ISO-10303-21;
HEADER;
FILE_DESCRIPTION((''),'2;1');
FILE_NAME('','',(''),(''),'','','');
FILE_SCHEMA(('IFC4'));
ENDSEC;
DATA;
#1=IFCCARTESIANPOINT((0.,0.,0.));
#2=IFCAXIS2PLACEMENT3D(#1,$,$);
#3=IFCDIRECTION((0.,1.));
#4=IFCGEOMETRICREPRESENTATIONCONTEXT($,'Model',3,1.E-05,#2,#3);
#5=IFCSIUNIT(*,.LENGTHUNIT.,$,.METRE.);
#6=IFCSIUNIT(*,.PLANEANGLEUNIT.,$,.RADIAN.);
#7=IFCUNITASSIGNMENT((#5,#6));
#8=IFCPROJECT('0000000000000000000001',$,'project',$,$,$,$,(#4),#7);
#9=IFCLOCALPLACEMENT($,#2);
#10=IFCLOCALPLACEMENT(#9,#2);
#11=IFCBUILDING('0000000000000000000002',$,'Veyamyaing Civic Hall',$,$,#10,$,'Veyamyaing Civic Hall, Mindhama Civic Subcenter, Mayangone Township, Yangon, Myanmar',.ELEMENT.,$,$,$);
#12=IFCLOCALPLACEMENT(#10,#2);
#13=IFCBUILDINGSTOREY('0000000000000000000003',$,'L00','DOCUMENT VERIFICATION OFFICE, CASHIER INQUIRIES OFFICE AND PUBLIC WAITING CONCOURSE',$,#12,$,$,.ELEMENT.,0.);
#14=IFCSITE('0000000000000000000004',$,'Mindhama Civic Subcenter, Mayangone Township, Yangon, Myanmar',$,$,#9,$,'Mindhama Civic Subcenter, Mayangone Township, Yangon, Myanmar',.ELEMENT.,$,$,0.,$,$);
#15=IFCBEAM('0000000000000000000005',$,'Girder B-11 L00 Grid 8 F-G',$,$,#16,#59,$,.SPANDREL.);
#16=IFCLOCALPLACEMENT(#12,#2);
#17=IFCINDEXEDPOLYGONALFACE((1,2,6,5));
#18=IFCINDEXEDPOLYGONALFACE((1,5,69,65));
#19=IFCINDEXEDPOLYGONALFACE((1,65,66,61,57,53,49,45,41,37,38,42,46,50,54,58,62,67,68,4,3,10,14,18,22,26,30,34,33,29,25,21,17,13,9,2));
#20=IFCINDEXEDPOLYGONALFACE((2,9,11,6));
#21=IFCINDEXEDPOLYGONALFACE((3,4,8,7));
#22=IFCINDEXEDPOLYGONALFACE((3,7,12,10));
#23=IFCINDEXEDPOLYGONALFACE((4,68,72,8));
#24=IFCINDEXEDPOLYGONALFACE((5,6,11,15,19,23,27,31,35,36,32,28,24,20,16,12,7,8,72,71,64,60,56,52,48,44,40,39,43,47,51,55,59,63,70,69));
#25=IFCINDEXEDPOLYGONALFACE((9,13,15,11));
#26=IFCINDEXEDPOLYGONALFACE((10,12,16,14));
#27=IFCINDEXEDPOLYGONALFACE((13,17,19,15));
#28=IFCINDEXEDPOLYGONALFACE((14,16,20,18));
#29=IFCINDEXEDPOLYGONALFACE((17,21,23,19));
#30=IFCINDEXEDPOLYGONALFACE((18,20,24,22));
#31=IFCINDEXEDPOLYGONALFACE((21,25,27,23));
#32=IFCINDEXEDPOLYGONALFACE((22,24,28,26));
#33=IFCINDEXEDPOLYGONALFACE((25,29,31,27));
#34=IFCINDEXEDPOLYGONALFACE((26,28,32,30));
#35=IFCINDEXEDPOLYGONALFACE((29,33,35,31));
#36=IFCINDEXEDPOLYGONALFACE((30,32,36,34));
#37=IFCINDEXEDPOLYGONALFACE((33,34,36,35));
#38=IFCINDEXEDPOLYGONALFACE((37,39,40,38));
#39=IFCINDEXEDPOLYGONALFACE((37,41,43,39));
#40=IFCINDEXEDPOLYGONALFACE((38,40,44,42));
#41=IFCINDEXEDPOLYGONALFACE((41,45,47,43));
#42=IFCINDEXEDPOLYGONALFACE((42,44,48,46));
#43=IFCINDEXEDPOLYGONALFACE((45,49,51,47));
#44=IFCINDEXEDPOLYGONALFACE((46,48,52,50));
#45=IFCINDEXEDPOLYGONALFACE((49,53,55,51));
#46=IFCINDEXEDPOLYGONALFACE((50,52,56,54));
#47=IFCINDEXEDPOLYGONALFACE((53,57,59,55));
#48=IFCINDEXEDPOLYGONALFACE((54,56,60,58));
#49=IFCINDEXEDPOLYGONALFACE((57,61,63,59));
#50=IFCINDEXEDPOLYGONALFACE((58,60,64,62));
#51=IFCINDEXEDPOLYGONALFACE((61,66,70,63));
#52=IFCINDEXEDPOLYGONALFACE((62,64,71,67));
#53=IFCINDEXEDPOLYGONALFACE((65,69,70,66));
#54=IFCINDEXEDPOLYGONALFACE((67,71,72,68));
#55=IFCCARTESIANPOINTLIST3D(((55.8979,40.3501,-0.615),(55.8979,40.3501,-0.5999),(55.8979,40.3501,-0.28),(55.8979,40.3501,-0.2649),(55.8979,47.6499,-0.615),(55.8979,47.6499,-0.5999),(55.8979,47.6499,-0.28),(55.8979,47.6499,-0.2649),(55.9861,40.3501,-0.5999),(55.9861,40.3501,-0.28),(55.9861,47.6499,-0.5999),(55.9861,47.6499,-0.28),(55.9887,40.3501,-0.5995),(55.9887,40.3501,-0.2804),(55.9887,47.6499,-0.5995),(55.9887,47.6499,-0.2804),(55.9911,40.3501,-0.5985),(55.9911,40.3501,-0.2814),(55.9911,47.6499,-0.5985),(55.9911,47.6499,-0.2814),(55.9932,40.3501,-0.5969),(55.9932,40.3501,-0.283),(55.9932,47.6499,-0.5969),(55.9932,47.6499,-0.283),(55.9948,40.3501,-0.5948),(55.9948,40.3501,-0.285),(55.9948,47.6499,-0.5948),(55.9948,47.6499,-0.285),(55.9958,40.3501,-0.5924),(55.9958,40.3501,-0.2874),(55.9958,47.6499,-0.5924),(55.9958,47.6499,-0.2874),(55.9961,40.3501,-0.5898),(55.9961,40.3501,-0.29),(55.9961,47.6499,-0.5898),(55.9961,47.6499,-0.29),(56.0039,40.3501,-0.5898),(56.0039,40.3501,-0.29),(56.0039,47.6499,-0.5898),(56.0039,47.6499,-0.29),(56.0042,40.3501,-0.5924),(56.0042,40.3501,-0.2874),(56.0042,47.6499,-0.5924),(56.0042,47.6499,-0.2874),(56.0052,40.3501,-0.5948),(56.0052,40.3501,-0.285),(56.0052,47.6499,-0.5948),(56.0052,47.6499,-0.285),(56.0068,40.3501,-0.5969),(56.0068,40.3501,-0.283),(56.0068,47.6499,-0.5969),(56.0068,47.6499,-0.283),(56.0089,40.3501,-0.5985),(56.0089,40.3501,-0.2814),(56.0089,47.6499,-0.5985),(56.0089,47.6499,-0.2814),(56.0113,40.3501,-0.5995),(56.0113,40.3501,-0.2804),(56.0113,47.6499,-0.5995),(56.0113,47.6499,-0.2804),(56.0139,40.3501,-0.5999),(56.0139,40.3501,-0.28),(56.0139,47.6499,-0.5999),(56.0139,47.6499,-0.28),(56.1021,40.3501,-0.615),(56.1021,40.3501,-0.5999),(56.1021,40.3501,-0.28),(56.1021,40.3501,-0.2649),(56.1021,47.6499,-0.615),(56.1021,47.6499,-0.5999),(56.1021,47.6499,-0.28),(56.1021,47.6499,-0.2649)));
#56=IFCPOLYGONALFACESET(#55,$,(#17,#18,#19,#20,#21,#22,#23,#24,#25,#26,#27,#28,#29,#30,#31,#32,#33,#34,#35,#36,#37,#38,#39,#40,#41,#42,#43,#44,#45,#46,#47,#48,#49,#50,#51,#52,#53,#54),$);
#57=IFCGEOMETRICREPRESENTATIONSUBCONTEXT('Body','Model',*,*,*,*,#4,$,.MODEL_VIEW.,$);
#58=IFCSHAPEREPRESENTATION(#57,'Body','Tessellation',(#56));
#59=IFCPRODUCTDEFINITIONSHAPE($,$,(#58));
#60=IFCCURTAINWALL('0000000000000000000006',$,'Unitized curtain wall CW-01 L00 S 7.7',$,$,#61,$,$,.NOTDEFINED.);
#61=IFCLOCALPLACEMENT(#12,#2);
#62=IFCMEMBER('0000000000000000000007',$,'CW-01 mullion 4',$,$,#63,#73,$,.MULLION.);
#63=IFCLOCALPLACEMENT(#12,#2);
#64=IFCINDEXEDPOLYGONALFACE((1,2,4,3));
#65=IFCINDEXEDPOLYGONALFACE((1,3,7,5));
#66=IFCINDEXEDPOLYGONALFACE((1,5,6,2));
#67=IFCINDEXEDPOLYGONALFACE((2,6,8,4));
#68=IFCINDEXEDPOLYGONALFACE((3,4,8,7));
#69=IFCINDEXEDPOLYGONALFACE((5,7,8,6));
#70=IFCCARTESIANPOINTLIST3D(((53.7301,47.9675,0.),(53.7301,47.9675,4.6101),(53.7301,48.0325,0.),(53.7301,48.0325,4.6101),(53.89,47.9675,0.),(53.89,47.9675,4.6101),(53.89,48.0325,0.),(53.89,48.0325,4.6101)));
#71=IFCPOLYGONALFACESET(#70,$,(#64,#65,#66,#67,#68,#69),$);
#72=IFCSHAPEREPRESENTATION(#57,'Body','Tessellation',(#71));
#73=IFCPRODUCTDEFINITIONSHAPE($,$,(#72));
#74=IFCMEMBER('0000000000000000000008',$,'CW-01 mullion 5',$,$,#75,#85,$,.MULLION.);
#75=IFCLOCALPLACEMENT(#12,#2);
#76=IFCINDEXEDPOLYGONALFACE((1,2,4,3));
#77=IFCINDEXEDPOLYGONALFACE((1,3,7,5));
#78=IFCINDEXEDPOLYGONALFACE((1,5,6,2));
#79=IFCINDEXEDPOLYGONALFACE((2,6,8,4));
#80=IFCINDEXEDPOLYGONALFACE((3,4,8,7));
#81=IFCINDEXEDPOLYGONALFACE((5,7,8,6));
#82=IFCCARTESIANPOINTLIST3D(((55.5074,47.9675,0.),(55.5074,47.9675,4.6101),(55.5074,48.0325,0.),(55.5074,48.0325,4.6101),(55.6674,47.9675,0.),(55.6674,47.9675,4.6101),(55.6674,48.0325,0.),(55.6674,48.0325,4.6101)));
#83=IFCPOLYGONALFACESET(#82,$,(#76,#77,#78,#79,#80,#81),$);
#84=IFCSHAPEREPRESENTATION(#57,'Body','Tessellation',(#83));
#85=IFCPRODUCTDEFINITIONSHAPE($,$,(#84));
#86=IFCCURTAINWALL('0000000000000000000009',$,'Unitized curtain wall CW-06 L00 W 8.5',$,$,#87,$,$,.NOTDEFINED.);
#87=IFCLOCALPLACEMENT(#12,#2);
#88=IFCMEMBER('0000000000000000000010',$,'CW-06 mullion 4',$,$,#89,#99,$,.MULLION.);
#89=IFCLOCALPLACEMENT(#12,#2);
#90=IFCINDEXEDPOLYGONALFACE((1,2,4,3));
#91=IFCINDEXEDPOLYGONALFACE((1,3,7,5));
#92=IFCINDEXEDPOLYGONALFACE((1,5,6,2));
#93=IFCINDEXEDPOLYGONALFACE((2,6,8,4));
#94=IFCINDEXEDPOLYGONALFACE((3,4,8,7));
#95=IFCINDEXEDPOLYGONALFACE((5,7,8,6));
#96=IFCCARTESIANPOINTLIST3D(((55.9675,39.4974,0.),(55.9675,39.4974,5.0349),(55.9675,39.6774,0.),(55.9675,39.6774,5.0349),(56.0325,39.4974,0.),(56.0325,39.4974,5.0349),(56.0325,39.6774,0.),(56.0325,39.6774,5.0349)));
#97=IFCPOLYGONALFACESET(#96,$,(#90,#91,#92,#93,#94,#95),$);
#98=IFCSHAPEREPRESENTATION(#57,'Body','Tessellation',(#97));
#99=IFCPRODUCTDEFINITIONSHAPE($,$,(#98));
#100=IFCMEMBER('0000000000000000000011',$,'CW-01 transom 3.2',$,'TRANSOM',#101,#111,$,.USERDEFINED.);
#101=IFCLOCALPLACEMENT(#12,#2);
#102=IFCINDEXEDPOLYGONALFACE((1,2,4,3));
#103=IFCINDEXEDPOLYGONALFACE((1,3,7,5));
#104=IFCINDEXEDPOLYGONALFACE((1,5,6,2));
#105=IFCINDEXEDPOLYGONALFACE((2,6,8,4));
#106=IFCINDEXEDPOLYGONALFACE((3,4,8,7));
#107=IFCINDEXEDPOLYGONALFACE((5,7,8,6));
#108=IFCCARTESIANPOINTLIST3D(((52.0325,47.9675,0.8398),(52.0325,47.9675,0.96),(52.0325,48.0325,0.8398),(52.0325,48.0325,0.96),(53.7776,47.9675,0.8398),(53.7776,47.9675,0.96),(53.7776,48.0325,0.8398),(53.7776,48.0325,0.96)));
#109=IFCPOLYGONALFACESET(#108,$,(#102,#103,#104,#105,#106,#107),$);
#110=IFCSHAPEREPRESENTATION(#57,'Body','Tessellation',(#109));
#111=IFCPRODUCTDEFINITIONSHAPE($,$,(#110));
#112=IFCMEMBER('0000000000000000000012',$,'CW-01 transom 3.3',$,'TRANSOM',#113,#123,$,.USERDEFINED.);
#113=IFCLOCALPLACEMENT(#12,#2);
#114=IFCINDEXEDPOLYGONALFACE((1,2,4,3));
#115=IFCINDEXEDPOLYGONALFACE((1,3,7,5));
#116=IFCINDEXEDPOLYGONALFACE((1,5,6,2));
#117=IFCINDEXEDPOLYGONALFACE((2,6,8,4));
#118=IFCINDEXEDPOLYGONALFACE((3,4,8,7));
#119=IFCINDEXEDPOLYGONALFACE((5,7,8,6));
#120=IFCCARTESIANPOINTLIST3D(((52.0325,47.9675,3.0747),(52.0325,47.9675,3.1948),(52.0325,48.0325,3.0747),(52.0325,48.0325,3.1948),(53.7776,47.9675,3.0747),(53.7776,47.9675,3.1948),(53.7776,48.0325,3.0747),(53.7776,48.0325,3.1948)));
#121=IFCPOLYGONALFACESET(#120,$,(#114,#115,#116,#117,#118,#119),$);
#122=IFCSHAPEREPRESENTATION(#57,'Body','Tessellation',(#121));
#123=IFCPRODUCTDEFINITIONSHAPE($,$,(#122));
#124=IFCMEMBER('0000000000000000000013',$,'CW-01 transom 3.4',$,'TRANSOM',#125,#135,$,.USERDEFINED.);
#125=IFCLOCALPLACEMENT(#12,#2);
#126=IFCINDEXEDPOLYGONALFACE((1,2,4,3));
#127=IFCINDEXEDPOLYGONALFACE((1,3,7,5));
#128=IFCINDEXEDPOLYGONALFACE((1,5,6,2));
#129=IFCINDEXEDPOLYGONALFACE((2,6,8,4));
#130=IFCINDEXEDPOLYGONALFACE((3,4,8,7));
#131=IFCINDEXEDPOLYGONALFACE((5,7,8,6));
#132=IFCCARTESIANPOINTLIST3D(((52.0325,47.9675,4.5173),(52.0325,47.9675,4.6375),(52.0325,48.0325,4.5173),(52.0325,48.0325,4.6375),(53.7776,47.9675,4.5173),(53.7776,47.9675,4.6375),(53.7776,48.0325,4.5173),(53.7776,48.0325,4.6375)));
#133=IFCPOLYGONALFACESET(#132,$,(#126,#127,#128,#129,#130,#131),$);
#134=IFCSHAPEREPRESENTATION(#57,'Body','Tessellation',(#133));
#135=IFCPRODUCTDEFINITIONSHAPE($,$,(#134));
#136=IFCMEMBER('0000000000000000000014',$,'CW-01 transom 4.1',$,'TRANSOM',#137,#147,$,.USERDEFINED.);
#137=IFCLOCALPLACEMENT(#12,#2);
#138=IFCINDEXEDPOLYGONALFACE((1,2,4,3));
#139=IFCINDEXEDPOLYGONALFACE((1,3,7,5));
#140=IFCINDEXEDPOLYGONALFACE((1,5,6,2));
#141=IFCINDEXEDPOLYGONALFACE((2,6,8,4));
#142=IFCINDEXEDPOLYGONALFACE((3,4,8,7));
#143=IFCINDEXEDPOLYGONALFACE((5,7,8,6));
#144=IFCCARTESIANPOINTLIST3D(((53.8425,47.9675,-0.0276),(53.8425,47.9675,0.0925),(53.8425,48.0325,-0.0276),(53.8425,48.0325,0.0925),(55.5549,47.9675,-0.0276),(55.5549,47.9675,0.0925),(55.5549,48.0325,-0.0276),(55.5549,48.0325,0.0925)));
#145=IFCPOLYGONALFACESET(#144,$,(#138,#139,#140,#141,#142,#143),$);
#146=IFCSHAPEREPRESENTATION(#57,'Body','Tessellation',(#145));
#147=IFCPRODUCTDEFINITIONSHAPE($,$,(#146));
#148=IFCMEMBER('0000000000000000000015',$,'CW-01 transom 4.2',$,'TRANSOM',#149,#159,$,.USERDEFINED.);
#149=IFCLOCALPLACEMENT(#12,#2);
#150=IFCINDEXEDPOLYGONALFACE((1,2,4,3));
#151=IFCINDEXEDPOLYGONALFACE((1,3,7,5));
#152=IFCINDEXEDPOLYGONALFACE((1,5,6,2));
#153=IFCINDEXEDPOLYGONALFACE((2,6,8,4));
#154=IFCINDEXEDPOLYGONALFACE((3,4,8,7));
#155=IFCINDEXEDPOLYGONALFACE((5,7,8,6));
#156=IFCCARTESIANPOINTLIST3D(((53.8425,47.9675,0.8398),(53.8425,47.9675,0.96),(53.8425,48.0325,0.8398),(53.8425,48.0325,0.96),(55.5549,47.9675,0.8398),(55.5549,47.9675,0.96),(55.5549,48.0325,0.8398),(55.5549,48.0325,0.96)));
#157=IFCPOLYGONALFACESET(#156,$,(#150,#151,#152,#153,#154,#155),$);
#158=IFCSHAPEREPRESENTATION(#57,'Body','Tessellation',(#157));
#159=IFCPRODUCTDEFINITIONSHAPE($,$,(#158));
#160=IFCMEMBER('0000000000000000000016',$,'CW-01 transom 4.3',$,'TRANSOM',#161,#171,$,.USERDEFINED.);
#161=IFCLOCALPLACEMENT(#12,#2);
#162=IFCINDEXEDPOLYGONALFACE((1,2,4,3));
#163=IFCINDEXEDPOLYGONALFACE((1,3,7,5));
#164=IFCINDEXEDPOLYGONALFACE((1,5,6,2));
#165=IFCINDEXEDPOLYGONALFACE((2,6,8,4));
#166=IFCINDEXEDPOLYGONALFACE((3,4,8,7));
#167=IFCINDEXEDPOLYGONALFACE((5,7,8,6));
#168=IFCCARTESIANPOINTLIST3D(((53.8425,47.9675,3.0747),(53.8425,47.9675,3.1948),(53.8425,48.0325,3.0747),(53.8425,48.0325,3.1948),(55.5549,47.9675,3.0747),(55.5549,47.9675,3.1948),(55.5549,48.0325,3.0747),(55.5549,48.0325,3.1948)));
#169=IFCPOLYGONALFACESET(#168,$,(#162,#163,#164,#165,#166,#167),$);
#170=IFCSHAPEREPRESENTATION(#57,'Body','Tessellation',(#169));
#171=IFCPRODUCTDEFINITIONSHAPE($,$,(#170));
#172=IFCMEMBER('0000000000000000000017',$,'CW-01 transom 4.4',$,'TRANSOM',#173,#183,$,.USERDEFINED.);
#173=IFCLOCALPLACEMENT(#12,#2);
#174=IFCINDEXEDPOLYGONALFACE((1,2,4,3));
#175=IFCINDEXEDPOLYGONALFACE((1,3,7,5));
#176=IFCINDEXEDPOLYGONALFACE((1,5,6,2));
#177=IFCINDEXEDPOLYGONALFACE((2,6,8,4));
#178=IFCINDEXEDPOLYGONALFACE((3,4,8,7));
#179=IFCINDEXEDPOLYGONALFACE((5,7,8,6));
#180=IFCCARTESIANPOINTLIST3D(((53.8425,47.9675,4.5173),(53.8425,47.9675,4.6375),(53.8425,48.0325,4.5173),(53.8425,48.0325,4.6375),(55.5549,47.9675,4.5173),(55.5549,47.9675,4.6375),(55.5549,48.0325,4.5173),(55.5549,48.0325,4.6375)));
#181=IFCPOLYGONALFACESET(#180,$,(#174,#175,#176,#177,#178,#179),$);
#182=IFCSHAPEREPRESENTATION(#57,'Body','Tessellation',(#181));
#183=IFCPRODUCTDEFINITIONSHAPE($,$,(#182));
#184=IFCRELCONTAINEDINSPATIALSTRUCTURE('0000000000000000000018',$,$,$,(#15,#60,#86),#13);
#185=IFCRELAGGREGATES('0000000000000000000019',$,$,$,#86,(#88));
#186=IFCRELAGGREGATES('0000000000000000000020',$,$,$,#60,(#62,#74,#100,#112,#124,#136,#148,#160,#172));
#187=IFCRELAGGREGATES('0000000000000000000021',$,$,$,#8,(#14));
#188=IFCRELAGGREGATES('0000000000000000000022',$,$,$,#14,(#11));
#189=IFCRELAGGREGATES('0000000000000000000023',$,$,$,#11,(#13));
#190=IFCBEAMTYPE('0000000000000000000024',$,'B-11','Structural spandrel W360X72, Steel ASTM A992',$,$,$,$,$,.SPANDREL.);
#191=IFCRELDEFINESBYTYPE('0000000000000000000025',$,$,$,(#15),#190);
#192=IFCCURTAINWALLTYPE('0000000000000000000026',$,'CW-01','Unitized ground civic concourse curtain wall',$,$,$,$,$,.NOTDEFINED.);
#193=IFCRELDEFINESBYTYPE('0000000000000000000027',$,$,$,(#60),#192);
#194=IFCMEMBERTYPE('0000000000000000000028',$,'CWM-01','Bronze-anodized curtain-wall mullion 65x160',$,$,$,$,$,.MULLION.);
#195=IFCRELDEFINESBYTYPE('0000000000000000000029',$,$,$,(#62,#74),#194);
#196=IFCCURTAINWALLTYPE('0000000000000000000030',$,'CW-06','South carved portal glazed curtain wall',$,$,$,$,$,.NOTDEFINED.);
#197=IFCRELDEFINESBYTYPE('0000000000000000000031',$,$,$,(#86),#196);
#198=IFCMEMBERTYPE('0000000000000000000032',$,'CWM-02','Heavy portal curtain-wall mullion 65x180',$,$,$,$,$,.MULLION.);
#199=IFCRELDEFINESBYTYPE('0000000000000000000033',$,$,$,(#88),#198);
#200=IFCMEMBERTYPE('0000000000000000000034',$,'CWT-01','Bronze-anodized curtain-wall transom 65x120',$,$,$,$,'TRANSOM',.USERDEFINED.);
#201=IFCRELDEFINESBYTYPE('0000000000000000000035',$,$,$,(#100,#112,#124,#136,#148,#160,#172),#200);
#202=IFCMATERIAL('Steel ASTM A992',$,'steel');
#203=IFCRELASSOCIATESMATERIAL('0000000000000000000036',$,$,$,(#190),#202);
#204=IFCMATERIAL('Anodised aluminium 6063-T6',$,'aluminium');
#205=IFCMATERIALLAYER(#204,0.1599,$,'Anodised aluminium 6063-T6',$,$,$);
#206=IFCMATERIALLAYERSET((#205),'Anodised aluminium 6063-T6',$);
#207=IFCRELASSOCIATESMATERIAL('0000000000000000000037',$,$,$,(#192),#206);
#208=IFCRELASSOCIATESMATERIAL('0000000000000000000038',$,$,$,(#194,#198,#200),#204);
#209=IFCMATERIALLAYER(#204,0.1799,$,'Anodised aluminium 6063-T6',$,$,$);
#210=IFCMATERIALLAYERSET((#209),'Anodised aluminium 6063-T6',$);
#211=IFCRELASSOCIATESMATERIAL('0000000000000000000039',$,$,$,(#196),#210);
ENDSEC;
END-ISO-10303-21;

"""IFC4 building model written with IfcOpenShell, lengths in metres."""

from ifc_helpers import new_model, si_unit, direction, frame, origin, origin_2d, place, context, subcontext, project, spatial, rectangle, i_section, extrude, material, layer, layer_set, material_profile, profile_set, type_object, element, aggregate, save


model = new_model("IFC4")

# Units and contexts
model_context = context("Model", 3, precision=1e-05, world=origin(), true_north=direction((0.0, 1.0)))
body_context = subcontext(model_context, "Body", "Model", "MODEL_VIEW")
ifc_project = project(units=[si_unit("LENGTHUNIT", "METRE"), si_unit("PLANEANGLEUNIT", "RADIAN")], contexts=[model_context])

# Site, building, storey
site_placement = place(None, origin())
site = spatial("IfcSite", under=ifc_project, at=site_placement, Name="Mindhama Civic Subcenter, Mayangone Township, Yangon, Myanmar", LongName="Mindhama Civic Subcenter, Mayangone Township, Yangon, Myanmar", CompositionType="ELEMENT", RefElevation=0.0)
building_placement = place(site_placement, origin())
building = spatial("IfcBuilding", under=site, at=building_placement, Name="Veyamyaing Civic Hall", LongName="Veyamyaing Civic Hall, Mindhama Civic Subcenter, Mayangone Township, Yangon, Myanmar", CompositionType="ELEMENT")
storey_placement = place(building_placement, origin())
storey = spatial("IfcBuildingStorey", under=building, at=storey_placement, Name="L00", Description="DOCUMENT VERIFICATION OFFICE, CASHIER INQUIRIES OFFICE AND PUBLIC WAITING CONCOURSE", CompositionType="ELEMENT", Elevation=0.0)

# Beam
ifc_material_1 = material(Name="Steel ASTM A992", Category="steel")
ifc_material_profile_1 = material_profile(ifc_material_1, i_section(OverallWidth=0.2041, OverallDepth=0.3501, WebThickness=0.0078, FlangeThickness=0.0151, FilletRadius=0.01, at=origin_2d()), Name="W360X72")
ifc_profile_set_1 = profile_set([ifc_material_profile_1], Name="Steel ASTM A992")
beam_type_1 = type_object("IfcBeamType", Name="B-11", Description="Structural spandrel W360X72, Steel ASTM A992", PredefinedType="SPANDREL", material=ifc_profile_set_1)
beam_1_placement = place(storey_placement, frame((56.0, 40.3501, -0.4399), z_axis=(0.0, 1.0, 0.0), x_axis=(-1.0, 0.0, 0.0)))
element("IfcBeam", 1, at=beam_1_placement, inside=storey, type_object=beam_type_1, Name="Girder B-11 L00 Grid 8 F-G", PredefinedType="SPANDREL", context=body_context, shape_type="SweptSolid", body=[
    extrude(i_section(OverallWidth=0.2041, OverallDepth=0.3501, WebThickness=0.0078, FlangeThickness=0.0151, FilletRadius=0.01, at=origin_2d()), origin(), (0.0, 0.0, 1.0), 7.2998),
])

# Curtain wall, members
ifc_material_2 = material(Name="Anodised aluminium 6063-T6", Category="aluminium")
ifc_layer_1 = layer(ifc_material_2, 0.1599, Name="Anodised aluminium 6063-T6")
ifc_layer_set_1 = layer_set([ifc_layer_1], Name="Anodised aluminium 6063-T6")
curtain_wall_type_1 = type_object("IfcCurtainWallType", Name="CW-01", Description="Unitized ground civic concourse curtain wall", PredefinedType="NOTDEFINED", material=ifc_layer_set_1)
curtain_wall_1_placement = place(storey_placement, origin())
curtain_wall_1 = element("IfcCurtainWall", 2, at=curtain_wall_1_placement, inside=storey, type_object=curtain_wall_type_1, Name="Unitized curtain wall CW-01 L00 S 7.7", PredefinedType="NOTDEFINED")
ifc_material_profile_2 = material_profile(ifc_material_2, rectangle(XDim=0.0649, YDim=0.1599, at=origin_2d()), Name="ALU-MUL-65X160")
ifc_profile_set_2 = profile_set([ifc_material_profile_2], Name="Anodised aluminium 6063-T6")
member_type_1 = type_object("IfcMemberType", Name="CWM-01", Description="Bronze-anodized curtain-wall mullion 65x160", PredefinedType="MULLION", material=ifc_profile_set_2)
member_1_placement = place(storey_placement, frame((53.8101, 48.0, 0.0), z_axis=(0.0, 0.0, 1.0), x_axis=(0.0, 1.0, 0.0)))
member_1 = element("IfcMember", 3, at=member_1_placement, type_object=member_type_1, Name="CW-01 mullion 4", PredefinedType="MULLION", context=body_context, shape_type="SweptSolid", body=[
    extrude(rectangle(XDim=0.0649, YDim=0.1599, at=origin_2d()), origin(), (0.0, 0.0, 1.0), 4.6101),
])
member_2_placement = place(storey_placement, frame((55.5874, 48.0, 0.0), z_axis=(0.0, 0.0, 1.0), x_axis=(0.0, 1.0, 0.0)))
member_2 = element("IfcMember", 4, at=member_2_placement, type_object=member_type_1, Name="CW-01 mullion 5", PredefinedType="MULLION", context=body_context, shape_type="SweptSolid", body=[
    extrude(rectangle(XDim=0.0649, YDim=0.1599, at=origin_2d()), origin(), (0.0, 0.0, 1.0), 4.6101),
])

# Curtain wall, member
ifc_layer_2 = layer(ifc_material_2, 0.1799, Name="Anodised aluminium 6063-T6")
ifc_layer_set_2 = layer_set([ifc_layer_2], Name="Anodised aluminium 6063-T6")
curtain_wall_type_2 = type_object("IfcCurtainWallType", Name="CW-06", Description="South carved portal glazed curtain wall", PredefinedType="NOTDEFINED", material=ifc_layer_set_2)
curtain_wall_2_placement = place(storey_placement, origin())
curtain_wall_2 = element("IfcCurtainWall", 5, at=curtain_wall_2_placement, inside=storey, type_object=curtain_wall_type_2, Name="Unitized curtain wall CW-06 L00 W 8.5", PredefinedType="NOTDEFINED")
ifc_material_profile_3 = material_profile(ifc_material_2, rectangle(XDim=0.0649, YDim=0.1799, at=origin_2d()), Name="ALU-MUL-65X180")
ifc_profile_set_3 = profile_set([ifc_material_profile_3], Name="Anodised aluminium 6063-T6")
member_type_2 = type_object("IfcMemberType", Name="CWM-02", Description="Heavy portal curtain-wall mullion 65x180", PredefinedType="MULLION", material=ifc_profile_set_3)
member_3_placement = place(storey_placement, frame((56.0, 39.5874, 0.0), z_axis=(0.0, 0.0, 1.0), x_axis=(-1.0, 0.0, 0.0)))
member_3 = element("IfcMember", 6, at=member_3_placement, type_object=member_type_2, Name="CW-06 mullion 4", PredefinedType="MULLION", context=body_context, shape_type="SweptSolid", body=[
    extrude(rectangle(XDim=0.0649, YDim=0.1799, at=origin_2d()), origin(), (0.0, 0.0, 1.0), 5.0349),
])
aggregate(curtain_wall_2, [member_3])

# Members
ifc_material_profile_4 = material_profile(ifc_material_2, rectangle(XDim=0.0649, YDim=0.1201, at=origin_2d()), Name="ALU-TRN-65X120")
ifc_profile_set_4 = profile_set([ifc_material_profile_4], Name="Anodised aluminium 6063-T6")
member_type_3 = type_object("IfcMemberType", Name="CWT-01", Description="Bronze-anodized curtain-wall transom 65x120", ElementType="TRANSOM", PredefinedType="USERDEFINED", material=ifc_profile_set_4)
member_4_placement = place(storey_placement, frame((52.0325, 48.0, 0.8999), z_axis=(1.0, 0.0, 0.0), x_axis=(0.0, 1.0, 0.0)))
member_4 = element("IfcMember", 7, at=member_4_placement, type_object=member_type_3, Name="CW-01 transom 3.2", ObjectType="TRANSOM", PredefinedType="USERDEFINED", context=body_context, shape_type="SweptSolid", body=[
    extrude(rectangle(XDim=0.0649, YDim=0.1201, at=origin_2d()), origin(), (0.0, 0.0, 1.0), 1.7451),
])
member_5_placement = place(storey_placement, frame((52.0325, 48.0, 3.1348), z_axis=(1.0, 0.0, 0.0), x_axis=(0.0, 1.0, 0.0)))
member_5 = element("IfcMember", 8, at=member_5_placement, type_object=member_type_3, Name="CW-01 transom 3.3", ObjectType="TRANSOM", PredefinedType="USERDEFINED", context=body_context, shape_type="SweptSolid", body=[
    extrude(rectangle(XDim=0.0649, YDim=0.1201, at=origin_2d()), origin(), (0.0, 0.0, 1.0), 1.7451),
])
member_6_placement = place(storey_placement, frame((52.0325, 48.0, 4.5774), z_axis=(1.0, 0.0, 0.0), x_axis=(0.0, 1.0, 0.0)))
member_6 = element("IfcMember", 9, at=member_6_placement, type_object=member_type_3, Name="CW-01 transom 3.4", ObjectType="TRANSOM", PredefinedType="USERDEFINED", context=body_context, shape_type="SweptSolid", body=[
    extrude(rectangle(XDim=0.0649, YDim=0.1201, at=origin_2d()), origin(), (0.0, 0.0, 1.0), 1.7451),
])
member_7_placement = place(storey_placement, frame((53.8425, 48.0, 0.0325), z_axis=(1.0, 0.0, 0.0), x_axis=(0.0, 1.0, 0.0)))
member_7 = element("IfcMember", 10, at=member_7_placement, type_object=member_type_3, Name="CW-01 transom 4.1", ObjectType="TRANSOM", PredefinedType="USERDEFINED", context=body_context, shape_type="SweptSolid", body=[
    extrude(rectangle(XDim=0.0649, YDim=0.1201, at=origin_2d()), origin(), (0.0, 0.0, 1.0), 1.7124),
])
member_8_placement = place(storey_placement, frame((53.8425, 48.0, 0.8999), z_axis=(1.0, 0.0, 0.0), x_axis=(0.0, 1.0, 0.0)))
member_8 = element("IfcMember", 11, at=member_8_placement, type_object=member_type_3, Name="CW-01 transom 4.2", ObjectType="TRANSOM", PredefinedType="USERDEFINED", context=body_context, shape_type="SweptSolid", body=[
    extrude(rectangle(XDim=0.0649, YDim=0.1201, at=origin_2d()), origin(), (0.0, 0.0, 1.0), 1.7124),
])
member_9_placement = place(storey_placement, frame((53.8425, 48.0, 3.1348), z_axis=(1.0, 0.0, 0.0), x_axis=(0.0, 1.0, 0.0)))
member_9 = element("IfcMember", 12, at=member_9_placement, type_object=member_type_3, Name="CW-01 transom 4.3", ObjectType="TRANSOM", PredefinedType="USERDEFINED", context=body_context, shape_type="SweptSolid", body=[
    extrude(rectangle(XDim=0.0649, YDim=0.1201, at=origin_2d()), origin(), (0.0, 0.0, 1.0), 1.7124),
])
member_10_placement = place(storey_placement, frame((53.8425, 48.0, 4.5774), z_axis=(1.0, 0.0, 0.0), x_axis=(0.0, 1.0, 0.0)))
member_10 = element("IfcMember", 13, at=member_10_placement, type_object=member_type_3, Name="CW-01 transom 4.4", ObjectType="TRANSOM", PredefinedType="USERDEFINED", context=body_context, shape_type="SweptSolid", body=[
    extrude(rectangle(XDim=0.0649, YDim=0.1201, at=origin_2d()), origin(), (0.0, 0.0, 1.0), 1.7124),
])

aggregate(curtain_wall_1, [member_1, member_2, member_4, member_5, member_6, member_7, member_8, member_9, member_10])

save(model, "model.ifc")
